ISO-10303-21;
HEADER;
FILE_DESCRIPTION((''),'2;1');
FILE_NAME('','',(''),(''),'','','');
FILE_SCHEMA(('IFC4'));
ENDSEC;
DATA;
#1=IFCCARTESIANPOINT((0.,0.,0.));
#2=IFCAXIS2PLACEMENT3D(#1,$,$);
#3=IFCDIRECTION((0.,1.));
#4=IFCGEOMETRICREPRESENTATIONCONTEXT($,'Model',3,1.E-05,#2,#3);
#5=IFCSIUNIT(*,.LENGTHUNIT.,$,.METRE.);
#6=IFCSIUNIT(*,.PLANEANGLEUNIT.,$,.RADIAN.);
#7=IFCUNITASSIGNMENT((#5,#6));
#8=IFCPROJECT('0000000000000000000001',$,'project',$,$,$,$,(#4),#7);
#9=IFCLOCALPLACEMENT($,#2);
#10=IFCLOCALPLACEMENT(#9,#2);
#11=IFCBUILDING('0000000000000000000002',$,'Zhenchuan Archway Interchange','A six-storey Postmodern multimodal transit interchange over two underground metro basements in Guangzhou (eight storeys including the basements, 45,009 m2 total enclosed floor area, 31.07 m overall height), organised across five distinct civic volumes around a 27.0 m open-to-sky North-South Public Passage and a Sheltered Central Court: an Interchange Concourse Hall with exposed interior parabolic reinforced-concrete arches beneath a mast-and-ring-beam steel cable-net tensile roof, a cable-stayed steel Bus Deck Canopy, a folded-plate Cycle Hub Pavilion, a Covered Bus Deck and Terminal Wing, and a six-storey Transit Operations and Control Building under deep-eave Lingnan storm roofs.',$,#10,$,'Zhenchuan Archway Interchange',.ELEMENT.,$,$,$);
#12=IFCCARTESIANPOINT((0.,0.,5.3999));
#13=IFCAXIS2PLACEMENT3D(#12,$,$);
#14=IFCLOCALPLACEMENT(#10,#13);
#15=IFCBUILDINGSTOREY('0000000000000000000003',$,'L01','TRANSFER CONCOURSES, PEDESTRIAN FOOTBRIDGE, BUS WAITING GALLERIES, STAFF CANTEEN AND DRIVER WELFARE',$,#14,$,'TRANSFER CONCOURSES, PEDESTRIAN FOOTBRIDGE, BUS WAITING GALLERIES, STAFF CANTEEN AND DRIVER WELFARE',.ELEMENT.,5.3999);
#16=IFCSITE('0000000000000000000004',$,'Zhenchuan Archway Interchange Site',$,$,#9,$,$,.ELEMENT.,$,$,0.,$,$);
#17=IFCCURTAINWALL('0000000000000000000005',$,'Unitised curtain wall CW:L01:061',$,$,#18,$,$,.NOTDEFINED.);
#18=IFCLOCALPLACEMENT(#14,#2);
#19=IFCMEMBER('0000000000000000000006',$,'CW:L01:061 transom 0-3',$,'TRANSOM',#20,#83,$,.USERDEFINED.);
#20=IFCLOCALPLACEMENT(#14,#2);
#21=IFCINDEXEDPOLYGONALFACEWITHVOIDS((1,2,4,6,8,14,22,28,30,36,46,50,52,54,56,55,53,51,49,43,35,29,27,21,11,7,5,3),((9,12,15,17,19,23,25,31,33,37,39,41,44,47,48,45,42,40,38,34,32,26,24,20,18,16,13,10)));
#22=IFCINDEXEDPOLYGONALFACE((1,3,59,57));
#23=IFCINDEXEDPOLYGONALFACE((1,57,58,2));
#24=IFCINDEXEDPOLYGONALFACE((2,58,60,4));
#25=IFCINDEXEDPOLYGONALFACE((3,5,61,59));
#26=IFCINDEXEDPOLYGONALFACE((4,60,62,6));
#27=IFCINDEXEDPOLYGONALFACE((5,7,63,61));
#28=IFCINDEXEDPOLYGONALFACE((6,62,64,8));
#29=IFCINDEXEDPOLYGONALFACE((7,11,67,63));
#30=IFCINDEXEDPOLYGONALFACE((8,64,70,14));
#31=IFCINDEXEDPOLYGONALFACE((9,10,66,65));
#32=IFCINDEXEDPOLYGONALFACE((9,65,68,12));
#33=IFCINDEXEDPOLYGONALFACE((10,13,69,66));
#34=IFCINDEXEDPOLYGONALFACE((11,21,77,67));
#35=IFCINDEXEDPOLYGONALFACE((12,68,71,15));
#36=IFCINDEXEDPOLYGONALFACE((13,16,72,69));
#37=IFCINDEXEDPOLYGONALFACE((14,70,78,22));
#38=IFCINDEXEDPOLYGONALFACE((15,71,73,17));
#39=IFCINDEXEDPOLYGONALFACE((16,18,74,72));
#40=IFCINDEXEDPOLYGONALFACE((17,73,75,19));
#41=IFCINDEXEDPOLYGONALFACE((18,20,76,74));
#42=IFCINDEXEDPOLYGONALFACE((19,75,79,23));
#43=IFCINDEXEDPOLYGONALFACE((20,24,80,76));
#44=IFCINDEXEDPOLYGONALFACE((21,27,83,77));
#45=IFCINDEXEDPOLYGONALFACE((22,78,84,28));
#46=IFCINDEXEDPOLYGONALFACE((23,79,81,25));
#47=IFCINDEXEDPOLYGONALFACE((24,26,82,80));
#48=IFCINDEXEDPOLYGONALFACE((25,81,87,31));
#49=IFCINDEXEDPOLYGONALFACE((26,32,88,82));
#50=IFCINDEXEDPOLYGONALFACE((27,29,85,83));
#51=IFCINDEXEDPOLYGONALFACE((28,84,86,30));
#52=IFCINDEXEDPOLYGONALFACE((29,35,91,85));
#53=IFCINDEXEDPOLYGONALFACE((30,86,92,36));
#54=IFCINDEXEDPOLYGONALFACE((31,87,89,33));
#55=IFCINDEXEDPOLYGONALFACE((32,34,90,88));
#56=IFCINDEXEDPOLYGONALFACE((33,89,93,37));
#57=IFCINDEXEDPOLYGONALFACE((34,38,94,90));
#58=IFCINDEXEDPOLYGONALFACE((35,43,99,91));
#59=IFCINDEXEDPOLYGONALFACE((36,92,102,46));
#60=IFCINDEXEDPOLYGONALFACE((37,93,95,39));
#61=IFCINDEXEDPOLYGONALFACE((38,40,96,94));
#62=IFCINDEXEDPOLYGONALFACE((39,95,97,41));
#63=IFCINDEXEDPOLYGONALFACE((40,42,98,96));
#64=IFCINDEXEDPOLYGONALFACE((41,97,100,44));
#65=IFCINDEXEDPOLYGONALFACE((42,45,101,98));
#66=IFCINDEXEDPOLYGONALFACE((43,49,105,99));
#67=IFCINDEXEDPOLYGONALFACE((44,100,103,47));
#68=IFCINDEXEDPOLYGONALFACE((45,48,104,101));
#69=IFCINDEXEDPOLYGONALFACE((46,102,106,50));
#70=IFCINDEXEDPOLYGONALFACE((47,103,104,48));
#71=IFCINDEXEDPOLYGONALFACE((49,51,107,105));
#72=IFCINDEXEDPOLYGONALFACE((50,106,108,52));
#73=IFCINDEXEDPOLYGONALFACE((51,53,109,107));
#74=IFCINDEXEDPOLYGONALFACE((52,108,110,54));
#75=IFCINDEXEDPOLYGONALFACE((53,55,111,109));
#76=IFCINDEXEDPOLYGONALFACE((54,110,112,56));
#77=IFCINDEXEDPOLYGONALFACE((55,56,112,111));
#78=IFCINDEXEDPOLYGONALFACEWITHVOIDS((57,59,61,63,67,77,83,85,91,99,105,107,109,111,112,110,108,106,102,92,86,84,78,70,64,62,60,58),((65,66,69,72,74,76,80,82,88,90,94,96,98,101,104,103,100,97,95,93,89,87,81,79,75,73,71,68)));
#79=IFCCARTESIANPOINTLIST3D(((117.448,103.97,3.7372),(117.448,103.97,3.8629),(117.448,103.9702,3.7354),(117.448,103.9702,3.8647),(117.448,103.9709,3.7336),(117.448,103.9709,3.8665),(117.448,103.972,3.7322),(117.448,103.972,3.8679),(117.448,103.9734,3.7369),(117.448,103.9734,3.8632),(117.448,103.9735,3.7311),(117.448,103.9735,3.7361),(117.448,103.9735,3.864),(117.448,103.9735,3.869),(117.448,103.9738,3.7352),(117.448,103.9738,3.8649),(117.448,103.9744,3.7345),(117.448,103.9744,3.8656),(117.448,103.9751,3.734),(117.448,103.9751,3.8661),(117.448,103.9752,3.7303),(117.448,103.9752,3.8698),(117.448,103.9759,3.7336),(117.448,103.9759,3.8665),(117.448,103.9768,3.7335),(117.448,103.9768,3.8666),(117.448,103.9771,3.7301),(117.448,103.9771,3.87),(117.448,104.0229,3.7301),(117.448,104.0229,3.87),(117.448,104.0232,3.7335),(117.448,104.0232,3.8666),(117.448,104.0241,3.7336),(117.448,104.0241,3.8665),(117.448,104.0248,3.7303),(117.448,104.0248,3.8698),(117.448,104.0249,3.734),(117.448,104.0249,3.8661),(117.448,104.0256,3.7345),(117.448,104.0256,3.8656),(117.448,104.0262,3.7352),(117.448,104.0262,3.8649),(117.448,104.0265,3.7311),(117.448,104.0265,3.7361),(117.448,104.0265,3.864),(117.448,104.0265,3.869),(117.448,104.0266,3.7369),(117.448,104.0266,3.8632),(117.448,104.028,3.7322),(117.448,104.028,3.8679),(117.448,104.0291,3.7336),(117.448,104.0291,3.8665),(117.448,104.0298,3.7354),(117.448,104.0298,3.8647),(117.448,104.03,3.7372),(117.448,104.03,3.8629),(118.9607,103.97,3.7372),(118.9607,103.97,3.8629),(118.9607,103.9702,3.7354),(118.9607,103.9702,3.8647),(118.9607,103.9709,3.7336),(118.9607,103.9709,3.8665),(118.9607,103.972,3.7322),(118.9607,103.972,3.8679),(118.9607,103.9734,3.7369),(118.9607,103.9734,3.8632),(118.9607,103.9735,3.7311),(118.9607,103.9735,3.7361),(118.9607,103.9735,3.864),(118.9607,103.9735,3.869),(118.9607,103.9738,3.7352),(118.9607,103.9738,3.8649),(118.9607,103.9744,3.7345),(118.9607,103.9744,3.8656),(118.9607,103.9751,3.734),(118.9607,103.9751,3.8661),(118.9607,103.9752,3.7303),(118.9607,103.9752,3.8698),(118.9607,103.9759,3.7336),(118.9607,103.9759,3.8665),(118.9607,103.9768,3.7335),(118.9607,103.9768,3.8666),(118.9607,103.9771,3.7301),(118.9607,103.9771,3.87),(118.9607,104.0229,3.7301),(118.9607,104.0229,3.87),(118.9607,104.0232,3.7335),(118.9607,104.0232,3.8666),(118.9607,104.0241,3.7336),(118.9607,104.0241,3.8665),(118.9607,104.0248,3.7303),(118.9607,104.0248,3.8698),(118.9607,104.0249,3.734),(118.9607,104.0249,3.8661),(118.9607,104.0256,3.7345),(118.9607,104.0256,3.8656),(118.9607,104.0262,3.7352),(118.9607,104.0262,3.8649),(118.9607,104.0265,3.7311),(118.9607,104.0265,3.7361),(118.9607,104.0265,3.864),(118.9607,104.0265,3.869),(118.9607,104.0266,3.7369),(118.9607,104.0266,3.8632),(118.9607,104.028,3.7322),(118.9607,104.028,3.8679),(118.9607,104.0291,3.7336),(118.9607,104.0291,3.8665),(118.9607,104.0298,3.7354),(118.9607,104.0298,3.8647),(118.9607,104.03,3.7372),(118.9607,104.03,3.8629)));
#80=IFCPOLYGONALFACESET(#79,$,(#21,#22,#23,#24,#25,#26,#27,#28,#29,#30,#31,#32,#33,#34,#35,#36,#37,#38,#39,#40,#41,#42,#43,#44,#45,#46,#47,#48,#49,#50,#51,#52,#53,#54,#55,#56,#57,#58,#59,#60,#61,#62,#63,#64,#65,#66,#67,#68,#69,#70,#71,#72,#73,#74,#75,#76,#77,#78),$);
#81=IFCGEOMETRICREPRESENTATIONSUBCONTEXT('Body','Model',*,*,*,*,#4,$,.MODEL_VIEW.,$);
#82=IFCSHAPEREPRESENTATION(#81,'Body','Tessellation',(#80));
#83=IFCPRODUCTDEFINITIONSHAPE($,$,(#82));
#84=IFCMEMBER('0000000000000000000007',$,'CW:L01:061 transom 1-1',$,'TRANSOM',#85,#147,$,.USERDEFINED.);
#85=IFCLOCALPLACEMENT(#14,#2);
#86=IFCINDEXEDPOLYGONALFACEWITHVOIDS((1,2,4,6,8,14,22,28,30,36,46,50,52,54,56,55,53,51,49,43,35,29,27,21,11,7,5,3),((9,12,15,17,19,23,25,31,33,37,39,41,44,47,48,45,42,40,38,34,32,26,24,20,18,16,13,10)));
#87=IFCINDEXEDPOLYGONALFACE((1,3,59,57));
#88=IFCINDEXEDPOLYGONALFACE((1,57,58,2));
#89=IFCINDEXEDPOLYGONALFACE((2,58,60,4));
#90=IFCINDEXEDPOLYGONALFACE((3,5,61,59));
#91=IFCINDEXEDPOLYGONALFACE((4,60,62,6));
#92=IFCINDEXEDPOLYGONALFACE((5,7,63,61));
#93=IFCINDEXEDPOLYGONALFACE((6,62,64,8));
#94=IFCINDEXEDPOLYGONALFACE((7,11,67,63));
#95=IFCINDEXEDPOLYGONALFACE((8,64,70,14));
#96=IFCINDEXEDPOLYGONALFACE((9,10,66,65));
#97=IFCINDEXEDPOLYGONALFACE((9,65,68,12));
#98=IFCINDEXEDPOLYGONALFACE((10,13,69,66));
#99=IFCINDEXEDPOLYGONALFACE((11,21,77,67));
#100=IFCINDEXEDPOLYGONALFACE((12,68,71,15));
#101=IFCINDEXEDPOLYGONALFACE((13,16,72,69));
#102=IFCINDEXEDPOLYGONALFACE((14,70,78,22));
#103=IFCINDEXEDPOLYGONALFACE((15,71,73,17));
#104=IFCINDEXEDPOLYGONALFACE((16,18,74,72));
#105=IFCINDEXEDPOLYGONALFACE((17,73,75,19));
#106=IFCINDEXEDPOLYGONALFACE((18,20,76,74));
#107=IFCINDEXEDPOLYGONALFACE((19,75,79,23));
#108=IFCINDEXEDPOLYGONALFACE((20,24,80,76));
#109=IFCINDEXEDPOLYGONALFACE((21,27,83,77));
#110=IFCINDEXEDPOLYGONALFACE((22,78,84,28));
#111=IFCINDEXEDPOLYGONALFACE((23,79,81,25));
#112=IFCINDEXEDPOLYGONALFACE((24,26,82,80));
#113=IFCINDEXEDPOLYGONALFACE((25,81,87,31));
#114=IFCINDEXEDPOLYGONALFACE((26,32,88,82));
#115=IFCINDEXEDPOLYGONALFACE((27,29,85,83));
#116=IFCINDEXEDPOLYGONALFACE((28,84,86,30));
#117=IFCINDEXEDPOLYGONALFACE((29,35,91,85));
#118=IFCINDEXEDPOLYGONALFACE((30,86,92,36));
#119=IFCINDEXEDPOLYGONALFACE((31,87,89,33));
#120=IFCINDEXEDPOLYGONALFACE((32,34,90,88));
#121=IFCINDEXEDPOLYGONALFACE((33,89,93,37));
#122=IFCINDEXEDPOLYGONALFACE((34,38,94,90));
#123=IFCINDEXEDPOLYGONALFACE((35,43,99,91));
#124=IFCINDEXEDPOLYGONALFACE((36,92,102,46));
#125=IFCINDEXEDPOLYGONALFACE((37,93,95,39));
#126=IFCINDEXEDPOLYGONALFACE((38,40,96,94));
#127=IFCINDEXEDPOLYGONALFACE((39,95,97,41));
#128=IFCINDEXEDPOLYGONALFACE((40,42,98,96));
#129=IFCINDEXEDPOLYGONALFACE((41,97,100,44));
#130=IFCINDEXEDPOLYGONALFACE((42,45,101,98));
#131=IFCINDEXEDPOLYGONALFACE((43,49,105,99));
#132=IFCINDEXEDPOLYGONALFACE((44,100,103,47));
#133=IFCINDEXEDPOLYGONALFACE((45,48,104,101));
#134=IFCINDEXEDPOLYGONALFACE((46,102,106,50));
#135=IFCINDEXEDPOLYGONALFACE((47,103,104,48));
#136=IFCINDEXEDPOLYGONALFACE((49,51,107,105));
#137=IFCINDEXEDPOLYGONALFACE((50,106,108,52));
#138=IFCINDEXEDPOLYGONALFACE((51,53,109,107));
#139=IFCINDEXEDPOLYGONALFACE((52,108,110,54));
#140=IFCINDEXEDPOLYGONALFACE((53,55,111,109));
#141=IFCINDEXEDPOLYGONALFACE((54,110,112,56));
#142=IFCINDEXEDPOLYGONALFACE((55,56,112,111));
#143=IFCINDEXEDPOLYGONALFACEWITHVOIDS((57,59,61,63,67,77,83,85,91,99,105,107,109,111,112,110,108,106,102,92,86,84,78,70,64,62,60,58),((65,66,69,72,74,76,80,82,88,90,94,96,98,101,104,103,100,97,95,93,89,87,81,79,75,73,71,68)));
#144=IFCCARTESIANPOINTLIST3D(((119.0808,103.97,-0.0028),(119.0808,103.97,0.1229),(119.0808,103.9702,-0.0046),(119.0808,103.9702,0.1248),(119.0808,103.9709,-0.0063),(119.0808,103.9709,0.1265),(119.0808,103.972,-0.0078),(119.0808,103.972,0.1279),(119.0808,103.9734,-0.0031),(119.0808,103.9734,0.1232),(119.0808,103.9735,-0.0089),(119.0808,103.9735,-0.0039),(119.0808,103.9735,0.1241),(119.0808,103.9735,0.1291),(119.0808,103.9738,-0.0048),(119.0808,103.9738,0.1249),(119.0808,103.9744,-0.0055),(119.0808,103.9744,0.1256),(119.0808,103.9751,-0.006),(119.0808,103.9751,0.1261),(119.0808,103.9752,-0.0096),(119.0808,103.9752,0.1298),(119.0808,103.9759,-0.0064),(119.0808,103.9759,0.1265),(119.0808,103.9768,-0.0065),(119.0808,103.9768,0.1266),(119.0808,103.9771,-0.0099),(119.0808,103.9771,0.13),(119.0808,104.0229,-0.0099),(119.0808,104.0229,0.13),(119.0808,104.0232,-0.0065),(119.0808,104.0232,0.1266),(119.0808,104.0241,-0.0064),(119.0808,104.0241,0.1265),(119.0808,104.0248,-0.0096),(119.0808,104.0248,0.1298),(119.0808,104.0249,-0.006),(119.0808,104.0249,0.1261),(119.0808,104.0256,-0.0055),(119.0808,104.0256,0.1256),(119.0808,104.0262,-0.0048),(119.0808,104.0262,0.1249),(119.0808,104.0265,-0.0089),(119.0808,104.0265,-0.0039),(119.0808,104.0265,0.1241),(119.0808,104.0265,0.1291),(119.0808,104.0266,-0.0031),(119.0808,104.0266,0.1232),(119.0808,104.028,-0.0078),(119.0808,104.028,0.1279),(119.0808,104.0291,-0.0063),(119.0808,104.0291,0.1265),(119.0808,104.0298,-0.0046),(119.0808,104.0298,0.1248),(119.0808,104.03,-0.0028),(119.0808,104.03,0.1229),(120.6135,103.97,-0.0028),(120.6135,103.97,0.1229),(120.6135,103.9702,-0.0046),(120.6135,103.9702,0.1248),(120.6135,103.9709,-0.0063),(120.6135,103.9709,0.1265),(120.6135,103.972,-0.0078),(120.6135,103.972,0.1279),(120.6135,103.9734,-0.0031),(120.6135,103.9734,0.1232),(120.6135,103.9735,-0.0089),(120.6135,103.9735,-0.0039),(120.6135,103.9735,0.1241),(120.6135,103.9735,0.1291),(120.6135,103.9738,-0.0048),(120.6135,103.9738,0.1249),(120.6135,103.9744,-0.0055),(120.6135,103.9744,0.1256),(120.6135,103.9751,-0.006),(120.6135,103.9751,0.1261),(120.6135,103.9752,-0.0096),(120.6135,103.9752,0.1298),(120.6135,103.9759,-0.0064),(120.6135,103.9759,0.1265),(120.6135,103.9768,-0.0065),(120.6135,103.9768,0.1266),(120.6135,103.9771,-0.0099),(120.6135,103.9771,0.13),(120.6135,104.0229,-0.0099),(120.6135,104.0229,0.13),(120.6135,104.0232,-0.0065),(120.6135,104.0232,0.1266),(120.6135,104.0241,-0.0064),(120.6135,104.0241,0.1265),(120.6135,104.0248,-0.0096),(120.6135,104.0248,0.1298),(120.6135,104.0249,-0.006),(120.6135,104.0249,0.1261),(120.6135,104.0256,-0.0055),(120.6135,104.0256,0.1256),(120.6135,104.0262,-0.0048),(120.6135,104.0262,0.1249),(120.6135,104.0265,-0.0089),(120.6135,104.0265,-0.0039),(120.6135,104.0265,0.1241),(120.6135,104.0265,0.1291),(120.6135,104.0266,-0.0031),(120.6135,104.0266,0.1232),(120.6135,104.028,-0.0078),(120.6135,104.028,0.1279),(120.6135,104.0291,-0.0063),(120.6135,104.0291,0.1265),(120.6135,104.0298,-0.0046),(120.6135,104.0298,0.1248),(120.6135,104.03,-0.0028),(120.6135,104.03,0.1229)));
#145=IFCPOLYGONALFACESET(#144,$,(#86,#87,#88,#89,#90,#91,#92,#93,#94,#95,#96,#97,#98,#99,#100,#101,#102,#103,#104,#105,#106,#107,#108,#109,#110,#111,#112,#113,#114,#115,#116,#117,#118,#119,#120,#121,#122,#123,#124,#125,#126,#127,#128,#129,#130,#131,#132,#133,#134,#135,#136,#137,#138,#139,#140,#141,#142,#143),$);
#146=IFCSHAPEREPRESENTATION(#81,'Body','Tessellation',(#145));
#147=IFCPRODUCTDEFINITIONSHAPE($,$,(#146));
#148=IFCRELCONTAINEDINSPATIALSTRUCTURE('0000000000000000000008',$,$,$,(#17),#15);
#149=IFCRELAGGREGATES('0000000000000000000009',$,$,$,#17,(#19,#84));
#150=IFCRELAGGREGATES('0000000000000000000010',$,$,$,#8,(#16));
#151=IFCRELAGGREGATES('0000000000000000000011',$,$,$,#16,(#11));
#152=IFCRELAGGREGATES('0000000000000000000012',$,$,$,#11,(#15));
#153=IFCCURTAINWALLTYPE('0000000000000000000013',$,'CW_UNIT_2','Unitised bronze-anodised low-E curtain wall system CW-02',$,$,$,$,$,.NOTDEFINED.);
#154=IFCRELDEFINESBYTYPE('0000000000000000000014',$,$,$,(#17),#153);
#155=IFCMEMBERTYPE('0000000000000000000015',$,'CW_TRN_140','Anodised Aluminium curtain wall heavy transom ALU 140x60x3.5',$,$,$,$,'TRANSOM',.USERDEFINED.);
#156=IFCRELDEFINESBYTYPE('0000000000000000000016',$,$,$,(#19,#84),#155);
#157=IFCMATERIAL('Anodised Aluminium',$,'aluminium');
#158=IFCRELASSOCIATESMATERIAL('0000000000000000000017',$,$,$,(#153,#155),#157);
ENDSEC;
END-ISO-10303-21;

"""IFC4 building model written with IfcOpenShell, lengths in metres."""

from ifc_helpers import new_model, si_unit, direction, frame, origin, origin_2d, place, context, subcontext, project, spatial, hollow_rectangle, extrude, material, material_profile, profile_set, type_object, element, aggregate, save


model = new_model("IFC4")

# Units and contexts
model_context = context("Model", 3, precision=1e-05, world=origin(), true_north=direction((0.0, 1.0)))
body_context = subcontext(model_context, "Body", "Model", "MODEL_VIEW")
ifc_project = project(units=[si_unit("LENGTHUNIT", "METRE"), si_unit("PLANEANGLEUNIT", "RADIAN")], contexts=[model_context])

# Site, building, storey
site_placement = place(None, origin())
site = spatial("IfcSite", under=ifc_project, at=site_placement, Name="Zhenchuan Archway Interchange Site", CompositionType="ELEMENT", RefElevation=0.0)
building_placement = place(site_placement, origin())
building = spatial("IfcBuilding", under=site, at=building_placement, Name="Zhenchuan Archway Interchange", Description="A six-storey Postmodern multimodal transit interchange over two underground metro basements in Guangzhou (eight storeys including the basements, 45,009 m2 total enclosed floor area, 31.07 m overall height), organised across five distinct civic volumes around a 27.0 m open-to-sky North-South Public Passage and a Sheltered Central Court: an Interchange Concourse Hall with exposed interior parabolic reinforced-concrete arches beneath a mast-and-ring-beam steel cable-net tensile roof, a cable-stayed steel Bus Deck Canopy, a folded-plate Cycle Hub Pavilion, a Covered Bus Deck and Terminal Wing, and a six-storey Transit Operations and Control Building under deep-eave Lingnan storm roofs.", LongName="Zhenchuan Archway Interchange", CompositionType="ELEMENT")
storey_placement = place(building_placement, frame((0.0, 0.0, 5.3999)))
storey = spatial("IfcBuildingStorey", under=building, at=storey_placement, Name="L01", Description="TRANSFER CONCOURSES, PEDESTRIAN FOOTBRIDGE, BUS WAITING GALLERIES, STAFF CANTEEN AND DRIVER WELFARE", LongName="TRANSFER CONCOURSES, PEDESTRIAN FOOTBRIDGE, BUS WAITING GALLERIES, STAFF CANTEEN AND DRIVER WELFARE", CompositionType="ELEMENT", Elevation=5.3999)

# Curtain wall, members
ifc_material_1 = material(Name="Anodised Aluminium", Category="aluminium")
curtain_wall_type = type_object("IfcCurtainWallType", Name="CW_UNIT_2", Description="Unitised bronze-anodised low-E curtain wall system CW-02", PredefinedType="NOTDEFINED", material=ifc_material_1)
curtain_wall_placement = place(storey_placement, origin())
curtain_wall = element("IfcCurtainWall", 1, at=curtain_wall_placement, inside=storey, type_object=curtain_wall_type, Name="Unitised curtain wall CW:L01:061", PredefinedType="NOTDEFINED")
ifc_material_profile_1 = material_profile(ifc_material_1, hollow_rectangle(XDim=0.0601, YDim=0.1399, WallThickness=0.0034, InnerFilletRadius=0.0034, OuterFilletRadius=0.0071, at=origin_2d()), Name="ALU 140x60x3.5")
ifc_profile_set_1 = profile_set([ifc_material_profile_1], Name="Anodised Aluminium")
member_type_1 = type_object("IfcMemberType", Name="CW_TRN_140", Description="Anodised Aluminium curtain wall heavy transom ALU 140x60x3.5", ElementType="TRANSOM", PredefinedType="USERDEFINED", material=ifc_profile_set_1)
member_1_placement = place(storey_placement, frame((117.448, 104.0, 3.8), z_axis=(1.0, 0.0, 0.0), x_axis=(0.0, 1.0, 0.0)))
member_1 = element("IfcMember", 2, at=member_1_placement, type_object=member_type_1, Name="CW:L01:061 transom 0-3", ObjectType="TRANSOM", PredefinedType="USERDEFINED", context=body_context, shape_type="SweptSolid", body=[
    extrude(hollow_rectangle(XDim=0.0601, YDim=0.1399, WallThickness=0.0034, InnerFilletRadius=0.0034, OuterFilletRadius=0.0071, at=origin_2d()), origin(), (0.0, 0.0, 1.0), 1.5127),
])
member_2_placement = place(storey_placement, frame((119.0808, 104.0, 0.0601), z_axis=(1.0, 0.0, 0.0), x_axis=(0.0, 1.0, 0.0)))
member_2 = element("IfcMember", 3, at=member_2_placement, type_object=member_type_1, Name="CW:L01:061 transom 1-1", ObjectType="TRANSOM", PredefinedType="USERDEFINED", context=body_context, shape_type="SweptSolid", body=[
    extrude(hollow_rectangle(XDim=0.0601, YDim=0.1399, WallThickness=0.0034, InnerFilletRadius=0.0034, OuterFilletRadius=0.0071, at=origin_2d()), origin(), (0.0, 0.0, 1.0), 1.5327),
])

aggregate(curtain_wall, [member_1, member_2])

save(model, "model.ifc")
